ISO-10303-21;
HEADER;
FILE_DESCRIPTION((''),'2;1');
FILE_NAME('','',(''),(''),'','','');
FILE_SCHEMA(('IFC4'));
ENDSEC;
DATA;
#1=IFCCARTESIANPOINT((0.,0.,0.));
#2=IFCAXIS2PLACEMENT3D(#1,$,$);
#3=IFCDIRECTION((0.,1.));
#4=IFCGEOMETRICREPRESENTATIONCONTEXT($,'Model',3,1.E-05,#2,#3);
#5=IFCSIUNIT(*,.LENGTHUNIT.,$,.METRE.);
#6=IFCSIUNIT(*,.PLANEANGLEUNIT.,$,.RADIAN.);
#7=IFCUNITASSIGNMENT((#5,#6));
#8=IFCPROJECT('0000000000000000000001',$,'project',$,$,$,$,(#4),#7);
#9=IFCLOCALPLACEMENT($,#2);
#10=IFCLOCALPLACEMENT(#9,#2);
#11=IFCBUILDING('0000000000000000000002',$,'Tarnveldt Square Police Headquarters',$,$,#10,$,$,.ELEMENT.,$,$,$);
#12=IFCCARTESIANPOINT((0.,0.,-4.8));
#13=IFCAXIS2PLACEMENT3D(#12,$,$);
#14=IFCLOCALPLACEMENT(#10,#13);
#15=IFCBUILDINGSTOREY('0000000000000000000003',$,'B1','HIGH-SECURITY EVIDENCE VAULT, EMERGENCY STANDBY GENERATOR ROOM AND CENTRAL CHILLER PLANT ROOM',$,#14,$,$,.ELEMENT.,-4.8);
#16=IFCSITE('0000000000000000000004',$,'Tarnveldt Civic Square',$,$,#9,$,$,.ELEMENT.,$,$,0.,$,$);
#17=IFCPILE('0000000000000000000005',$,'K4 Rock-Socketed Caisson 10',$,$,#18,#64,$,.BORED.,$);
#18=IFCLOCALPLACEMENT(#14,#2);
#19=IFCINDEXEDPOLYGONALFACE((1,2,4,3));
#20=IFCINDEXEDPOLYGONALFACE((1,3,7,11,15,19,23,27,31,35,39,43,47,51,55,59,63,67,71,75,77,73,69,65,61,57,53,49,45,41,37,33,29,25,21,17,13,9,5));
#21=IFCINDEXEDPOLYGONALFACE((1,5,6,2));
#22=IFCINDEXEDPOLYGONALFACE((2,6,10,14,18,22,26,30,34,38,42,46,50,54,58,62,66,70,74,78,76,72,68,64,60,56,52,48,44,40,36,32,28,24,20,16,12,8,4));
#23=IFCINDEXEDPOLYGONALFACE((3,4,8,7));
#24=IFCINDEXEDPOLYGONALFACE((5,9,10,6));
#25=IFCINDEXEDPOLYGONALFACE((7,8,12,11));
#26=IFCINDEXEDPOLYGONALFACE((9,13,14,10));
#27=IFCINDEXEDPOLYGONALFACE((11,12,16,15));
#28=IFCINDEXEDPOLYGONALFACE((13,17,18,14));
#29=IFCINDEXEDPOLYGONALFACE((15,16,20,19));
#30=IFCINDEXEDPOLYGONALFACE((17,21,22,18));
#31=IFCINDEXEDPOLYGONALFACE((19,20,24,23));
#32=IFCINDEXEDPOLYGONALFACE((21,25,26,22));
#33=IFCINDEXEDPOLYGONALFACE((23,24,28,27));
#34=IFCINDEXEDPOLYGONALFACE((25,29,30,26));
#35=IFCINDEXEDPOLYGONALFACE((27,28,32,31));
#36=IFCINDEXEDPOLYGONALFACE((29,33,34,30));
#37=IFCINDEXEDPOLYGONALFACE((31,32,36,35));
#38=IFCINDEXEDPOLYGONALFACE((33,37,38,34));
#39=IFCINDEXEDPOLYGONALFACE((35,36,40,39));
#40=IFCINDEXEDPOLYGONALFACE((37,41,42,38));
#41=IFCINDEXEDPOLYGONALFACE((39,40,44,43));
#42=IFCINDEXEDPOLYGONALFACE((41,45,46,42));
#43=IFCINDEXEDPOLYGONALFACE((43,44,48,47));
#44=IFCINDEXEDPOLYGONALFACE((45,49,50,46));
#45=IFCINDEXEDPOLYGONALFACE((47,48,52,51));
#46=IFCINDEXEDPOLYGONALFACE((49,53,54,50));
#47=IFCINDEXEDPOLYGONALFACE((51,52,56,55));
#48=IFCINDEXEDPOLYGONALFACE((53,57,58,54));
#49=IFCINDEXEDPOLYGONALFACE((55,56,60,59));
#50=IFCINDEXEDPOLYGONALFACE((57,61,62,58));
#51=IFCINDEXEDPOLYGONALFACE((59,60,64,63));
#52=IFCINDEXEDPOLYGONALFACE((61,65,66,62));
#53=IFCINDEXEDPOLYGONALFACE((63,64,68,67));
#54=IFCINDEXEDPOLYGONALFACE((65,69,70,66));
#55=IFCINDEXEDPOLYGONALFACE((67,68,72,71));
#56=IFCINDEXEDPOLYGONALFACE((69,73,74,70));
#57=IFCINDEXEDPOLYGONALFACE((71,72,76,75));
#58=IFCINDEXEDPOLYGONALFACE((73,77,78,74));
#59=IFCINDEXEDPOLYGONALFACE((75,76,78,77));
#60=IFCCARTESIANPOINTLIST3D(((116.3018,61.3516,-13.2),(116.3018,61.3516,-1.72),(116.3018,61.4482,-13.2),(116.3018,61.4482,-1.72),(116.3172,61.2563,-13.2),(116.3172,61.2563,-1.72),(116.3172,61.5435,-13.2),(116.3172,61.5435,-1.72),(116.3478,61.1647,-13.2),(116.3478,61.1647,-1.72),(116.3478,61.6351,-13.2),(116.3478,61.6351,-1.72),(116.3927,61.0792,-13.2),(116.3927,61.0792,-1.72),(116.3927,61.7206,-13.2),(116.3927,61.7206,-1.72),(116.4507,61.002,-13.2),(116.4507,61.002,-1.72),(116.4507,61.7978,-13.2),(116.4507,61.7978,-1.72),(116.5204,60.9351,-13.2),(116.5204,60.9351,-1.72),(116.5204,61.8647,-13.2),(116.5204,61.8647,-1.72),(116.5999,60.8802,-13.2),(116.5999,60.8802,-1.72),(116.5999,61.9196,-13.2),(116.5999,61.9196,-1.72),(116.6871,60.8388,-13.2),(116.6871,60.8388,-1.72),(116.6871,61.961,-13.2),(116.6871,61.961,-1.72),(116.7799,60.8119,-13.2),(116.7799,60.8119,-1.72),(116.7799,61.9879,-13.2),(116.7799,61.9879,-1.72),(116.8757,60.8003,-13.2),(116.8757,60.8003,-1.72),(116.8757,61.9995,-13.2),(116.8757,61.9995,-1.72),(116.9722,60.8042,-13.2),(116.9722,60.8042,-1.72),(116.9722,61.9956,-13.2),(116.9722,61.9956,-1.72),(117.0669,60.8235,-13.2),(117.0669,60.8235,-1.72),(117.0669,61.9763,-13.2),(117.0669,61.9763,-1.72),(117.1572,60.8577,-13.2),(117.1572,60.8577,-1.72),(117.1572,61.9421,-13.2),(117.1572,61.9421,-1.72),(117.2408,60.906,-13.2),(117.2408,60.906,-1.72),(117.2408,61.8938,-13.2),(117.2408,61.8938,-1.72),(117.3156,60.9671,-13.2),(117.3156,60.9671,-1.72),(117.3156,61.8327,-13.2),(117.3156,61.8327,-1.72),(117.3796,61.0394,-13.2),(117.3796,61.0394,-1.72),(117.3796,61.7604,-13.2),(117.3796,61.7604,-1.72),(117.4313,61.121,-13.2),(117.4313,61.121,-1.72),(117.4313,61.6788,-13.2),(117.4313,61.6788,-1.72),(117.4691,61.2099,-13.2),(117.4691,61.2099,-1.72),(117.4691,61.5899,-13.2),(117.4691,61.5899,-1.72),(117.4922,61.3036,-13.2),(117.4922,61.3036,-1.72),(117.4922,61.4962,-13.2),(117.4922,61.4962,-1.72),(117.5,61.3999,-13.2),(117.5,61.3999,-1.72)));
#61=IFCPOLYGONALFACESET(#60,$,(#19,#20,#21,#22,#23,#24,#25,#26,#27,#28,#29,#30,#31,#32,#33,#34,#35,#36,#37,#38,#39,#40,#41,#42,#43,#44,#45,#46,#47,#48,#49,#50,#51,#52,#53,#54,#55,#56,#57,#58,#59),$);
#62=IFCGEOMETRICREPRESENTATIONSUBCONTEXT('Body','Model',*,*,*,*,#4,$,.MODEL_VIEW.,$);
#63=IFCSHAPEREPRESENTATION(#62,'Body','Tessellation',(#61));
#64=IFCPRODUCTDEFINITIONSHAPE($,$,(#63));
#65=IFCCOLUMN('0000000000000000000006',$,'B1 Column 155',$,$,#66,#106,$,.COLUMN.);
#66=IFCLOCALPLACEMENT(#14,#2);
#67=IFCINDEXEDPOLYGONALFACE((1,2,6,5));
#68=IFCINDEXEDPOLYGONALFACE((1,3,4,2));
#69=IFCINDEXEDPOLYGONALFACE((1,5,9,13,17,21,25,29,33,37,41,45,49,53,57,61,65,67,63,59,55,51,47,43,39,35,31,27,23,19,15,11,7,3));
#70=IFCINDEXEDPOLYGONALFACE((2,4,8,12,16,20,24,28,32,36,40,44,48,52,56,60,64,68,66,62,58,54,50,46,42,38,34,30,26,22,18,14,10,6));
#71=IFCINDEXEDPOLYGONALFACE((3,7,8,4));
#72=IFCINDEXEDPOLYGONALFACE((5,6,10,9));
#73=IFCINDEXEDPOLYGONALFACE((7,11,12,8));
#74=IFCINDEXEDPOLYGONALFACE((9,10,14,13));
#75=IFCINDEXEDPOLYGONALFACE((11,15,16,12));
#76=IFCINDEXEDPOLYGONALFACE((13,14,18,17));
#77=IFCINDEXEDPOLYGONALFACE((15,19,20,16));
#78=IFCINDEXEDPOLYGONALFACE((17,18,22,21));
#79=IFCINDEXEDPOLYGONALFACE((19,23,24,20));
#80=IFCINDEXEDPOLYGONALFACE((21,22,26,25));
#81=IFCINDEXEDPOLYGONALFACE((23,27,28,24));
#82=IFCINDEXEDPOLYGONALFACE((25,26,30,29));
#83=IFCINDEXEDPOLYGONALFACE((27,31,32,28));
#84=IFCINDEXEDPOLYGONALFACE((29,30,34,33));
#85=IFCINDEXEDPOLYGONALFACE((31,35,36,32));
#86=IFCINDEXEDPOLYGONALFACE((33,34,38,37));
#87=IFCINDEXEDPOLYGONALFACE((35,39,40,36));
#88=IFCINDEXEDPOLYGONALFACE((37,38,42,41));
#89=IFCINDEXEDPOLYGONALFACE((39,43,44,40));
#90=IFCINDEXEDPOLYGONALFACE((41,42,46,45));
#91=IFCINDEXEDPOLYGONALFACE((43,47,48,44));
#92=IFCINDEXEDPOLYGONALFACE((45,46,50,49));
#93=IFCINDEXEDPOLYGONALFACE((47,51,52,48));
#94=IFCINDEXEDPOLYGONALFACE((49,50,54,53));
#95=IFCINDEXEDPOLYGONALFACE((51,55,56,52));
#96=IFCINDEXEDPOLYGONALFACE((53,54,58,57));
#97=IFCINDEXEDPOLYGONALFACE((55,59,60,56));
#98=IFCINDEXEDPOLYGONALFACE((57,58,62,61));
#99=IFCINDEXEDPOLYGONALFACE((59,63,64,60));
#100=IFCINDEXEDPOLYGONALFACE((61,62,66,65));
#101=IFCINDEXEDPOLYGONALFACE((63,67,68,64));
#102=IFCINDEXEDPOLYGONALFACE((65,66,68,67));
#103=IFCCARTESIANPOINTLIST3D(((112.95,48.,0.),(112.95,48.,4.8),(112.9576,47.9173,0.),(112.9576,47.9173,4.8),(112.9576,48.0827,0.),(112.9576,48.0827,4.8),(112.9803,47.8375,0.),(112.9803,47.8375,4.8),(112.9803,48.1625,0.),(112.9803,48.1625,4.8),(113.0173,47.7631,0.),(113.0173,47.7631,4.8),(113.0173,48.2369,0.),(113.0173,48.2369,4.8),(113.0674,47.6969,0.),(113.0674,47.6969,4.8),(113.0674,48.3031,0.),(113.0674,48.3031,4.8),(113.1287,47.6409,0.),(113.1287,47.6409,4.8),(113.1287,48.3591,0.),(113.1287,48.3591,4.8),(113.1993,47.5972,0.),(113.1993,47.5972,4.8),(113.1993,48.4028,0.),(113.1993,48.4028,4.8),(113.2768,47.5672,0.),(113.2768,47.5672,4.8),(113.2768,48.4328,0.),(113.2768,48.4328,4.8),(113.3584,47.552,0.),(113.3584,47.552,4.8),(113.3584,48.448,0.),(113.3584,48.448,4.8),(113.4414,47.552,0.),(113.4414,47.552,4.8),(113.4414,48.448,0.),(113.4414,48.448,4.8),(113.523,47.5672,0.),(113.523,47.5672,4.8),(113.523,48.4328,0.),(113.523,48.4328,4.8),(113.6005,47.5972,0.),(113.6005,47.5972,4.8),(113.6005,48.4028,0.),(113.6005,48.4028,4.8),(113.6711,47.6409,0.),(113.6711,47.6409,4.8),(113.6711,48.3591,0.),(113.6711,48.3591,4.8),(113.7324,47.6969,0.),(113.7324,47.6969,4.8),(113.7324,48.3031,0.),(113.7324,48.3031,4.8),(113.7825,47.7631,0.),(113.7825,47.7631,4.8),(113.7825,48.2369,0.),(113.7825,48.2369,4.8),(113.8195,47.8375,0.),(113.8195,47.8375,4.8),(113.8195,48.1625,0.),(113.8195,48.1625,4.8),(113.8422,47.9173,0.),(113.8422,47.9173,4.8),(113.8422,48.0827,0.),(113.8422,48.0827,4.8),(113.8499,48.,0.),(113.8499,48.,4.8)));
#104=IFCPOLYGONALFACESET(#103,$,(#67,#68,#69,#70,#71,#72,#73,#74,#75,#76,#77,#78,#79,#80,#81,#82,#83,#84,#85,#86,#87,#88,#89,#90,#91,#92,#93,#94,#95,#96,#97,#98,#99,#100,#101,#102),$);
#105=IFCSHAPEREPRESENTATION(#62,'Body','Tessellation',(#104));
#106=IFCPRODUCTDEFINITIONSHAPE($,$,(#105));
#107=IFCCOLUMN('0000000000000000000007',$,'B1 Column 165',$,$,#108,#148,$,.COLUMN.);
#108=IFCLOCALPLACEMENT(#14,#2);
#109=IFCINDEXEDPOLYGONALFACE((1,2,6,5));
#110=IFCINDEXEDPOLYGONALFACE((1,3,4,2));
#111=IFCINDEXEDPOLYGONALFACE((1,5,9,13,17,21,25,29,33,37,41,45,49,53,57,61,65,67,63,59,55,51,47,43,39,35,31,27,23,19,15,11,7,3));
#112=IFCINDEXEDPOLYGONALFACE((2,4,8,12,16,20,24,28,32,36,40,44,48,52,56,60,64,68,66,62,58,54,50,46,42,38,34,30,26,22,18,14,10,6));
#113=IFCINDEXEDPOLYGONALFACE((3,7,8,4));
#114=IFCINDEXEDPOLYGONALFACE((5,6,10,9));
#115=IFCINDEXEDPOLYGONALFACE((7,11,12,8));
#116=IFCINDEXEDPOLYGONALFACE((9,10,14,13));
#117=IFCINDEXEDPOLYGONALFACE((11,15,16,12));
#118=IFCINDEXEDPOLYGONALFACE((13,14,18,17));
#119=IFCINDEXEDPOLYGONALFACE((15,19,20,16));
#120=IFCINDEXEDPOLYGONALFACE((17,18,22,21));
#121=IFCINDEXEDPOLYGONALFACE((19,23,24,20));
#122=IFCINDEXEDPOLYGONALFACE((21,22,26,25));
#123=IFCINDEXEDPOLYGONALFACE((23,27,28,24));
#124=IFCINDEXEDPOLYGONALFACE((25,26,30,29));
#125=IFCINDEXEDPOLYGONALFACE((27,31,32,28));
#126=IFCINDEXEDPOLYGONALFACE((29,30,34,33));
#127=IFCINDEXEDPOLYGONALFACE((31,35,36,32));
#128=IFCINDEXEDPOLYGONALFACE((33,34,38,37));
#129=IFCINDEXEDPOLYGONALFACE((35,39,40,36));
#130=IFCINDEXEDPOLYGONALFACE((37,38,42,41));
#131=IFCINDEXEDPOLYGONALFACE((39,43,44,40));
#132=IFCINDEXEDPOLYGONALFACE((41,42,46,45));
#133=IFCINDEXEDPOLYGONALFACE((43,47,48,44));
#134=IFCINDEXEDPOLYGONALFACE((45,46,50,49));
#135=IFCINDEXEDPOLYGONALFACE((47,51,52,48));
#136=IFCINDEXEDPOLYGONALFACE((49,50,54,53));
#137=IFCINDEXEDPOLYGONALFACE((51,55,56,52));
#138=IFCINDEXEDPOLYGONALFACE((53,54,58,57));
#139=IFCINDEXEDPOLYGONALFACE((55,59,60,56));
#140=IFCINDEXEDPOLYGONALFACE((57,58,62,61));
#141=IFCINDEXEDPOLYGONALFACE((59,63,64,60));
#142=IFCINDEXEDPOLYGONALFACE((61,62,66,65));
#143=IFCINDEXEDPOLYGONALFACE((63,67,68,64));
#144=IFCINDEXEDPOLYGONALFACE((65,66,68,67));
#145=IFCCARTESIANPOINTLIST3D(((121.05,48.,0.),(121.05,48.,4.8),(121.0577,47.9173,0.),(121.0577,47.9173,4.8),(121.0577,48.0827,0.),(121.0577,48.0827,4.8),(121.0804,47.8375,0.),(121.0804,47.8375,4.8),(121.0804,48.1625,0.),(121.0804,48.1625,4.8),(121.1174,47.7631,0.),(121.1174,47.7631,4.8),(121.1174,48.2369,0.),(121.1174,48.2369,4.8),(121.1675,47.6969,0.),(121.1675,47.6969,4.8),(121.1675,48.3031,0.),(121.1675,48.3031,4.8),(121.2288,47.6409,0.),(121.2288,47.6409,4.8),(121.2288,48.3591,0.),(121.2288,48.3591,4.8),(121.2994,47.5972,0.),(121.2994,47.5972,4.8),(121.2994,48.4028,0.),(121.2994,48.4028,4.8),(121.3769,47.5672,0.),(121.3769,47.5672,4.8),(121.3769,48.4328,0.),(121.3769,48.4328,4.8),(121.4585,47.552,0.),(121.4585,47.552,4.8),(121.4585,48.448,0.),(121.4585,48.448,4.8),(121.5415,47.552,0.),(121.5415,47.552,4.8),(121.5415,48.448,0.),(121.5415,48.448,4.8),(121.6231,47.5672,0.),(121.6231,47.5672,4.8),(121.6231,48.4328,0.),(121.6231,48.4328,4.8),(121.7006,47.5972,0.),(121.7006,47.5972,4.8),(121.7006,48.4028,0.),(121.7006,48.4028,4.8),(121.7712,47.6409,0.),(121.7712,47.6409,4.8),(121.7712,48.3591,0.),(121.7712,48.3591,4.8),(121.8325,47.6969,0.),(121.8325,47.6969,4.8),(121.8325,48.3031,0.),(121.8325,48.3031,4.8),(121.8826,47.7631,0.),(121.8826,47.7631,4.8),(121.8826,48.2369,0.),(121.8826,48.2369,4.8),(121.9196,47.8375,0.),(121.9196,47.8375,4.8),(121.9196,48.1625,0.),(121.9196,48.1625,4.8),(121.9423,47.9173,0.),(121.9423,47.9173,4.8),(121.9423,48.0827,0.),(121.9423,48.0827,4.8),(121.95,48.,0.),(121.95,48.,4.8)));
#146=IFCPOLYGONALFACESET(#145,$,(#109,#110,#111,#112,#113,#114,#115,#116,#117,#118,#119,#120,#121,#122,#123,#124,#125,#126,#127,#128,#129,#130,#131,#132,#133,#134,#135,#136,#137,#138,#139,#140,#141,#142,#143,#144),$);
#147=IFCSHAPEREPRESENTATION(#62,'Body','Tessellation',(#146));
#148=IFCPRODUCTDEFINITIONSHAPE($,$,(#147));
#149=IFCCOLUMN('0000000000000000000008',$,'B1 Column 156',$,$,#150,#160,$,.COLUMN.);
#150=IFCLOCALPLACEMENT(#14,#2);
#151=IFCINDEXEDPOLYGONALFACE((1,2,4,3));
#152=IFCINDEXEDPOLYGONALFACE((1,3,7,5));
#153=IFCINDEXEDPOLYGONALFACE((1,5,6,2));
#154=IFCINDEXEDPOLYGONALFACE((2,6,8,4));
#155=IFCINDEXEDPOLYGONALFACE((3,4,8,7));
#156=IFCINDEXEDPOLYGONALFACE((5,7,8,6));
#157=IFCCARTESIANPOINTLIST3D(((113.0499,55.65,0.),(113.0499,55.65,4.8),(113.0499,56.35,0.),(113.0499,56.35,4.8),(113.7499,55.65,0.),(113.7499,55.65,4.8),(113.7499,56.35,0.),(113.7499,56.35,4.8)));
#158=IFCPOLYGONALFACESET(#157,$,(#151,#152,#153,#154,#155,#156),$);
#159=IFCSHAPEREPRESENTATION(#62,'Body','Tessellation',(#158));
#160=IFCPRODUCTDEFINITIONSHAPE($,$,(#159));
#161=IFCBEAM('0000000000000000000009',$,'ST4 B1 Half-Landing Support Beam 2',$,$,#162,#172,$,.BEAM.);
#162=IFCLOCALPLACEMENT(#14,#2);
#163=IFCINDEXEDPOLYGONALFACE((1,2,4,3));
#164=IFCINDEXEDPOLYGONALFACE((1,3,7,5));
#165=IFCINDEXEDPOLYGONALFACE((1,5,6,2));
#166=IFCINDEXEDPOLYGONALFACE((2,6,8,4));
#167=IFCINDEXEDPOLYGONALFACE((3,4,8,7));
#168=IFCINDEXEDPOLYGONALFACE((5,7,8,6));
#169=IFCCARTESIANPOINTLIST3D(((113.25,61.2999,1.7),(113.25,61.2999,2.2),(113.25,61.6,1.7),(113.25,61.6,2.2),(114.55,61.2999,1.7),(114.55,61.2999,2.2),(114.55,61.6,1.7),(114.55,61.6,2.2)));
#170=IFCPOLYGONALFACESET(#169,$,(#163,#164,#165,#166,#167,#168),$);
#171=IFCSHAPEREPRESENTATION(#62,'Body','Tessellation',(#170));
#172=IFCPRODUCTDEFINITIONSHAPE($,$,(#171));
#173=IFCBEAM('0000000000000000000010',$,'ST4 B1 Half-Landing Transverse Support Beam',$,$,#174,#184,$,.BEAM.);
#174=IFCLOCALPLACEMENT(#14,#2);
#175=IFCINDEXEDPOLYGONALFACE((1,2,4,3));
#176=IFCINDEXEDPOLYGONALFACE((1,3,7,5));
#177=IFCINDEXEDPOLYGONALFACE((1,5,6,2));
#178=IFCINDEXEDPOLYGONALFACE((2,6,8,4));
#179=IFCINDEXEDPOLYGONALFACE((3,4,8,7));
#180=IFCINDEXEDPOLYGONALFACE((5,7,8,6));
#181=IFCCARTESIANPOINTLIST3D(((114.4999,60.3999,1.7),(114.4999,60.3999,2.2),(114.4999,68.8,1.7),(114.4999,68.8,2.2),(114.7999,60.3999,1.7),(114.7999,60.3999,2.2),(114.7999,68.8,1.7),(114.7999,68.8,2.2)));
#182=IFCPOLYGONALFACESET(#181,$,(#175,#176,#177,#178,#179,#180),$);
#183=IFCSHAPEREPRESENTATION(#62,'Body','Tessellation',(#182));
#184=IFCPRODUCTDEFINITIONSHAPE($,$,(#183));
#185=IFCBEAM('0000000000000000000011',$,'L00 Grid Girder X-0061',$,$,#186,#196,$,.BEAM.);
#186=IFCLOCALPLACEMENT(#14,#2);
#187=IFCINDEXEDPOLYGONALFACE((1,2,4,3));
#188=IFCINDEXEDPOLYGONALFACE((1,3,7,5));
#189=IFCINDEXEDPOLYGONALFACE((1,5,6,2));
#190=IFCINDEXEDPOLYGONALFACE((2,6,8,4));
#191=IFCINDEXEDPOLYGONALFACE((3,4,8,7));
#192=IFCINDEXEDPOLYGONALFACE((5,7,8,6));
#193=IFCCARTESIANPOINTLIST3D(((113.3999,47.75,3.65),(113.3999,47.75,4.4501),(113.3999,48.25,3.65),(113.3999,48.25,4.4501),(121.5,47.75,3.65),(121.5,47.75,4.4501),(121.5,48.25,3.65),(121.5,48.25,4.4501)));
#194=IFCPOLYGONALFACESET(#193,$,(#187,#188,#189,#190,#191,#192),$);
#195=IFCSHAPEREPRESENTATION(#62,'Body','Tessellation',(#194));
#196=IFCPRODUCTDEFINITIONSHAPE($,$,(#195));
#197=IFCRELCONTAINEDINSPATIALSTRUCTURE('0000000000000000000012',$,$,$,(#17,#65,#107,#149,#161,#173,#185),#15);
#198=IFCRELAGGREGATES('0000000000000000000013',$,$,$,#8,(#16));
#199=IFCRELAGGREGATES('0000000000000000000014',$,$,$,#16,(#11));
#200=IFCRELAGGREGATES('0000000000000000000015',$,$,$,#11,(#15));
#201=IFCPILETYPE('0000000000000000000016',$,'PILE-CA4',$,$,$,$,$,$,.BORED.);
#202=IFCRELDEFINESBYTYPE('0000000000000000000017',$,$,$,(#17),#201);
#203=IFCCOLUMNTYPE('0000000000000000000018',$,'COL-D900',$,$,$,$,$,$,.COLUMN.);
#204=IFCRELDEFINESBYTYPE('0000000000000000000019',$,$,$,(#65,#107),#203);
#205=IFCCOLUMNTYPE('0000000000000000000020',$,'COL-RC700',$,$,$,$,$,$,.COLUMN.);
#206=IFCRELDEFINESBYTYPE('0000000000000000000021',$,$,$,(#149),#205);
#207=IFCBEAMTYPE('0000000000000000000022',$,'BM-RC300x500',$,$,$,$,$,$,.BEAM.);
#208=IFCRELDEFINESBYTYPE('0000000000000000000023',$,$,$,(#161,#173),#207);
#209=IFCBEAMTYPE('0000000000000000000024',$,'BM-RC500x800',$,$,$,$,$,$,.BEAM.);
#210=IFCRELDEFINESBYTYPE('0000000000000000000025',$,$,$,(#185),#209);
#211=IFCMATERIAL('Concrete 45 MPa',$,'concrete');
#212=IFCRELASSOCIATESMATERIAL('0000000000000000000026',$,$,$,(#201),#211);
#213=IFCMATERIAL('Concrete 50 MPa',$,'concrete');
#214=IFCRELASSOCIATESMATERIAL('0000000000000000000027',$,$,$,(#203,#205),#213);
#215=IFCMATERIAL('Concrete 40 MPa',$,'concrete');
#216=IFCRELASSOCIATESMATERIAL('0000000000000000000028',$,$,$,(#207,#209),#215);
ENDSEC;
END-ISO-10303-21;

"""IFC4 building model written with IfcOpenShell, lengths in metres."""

from ifc_helpers import new_model, si_unit, direction, frame, origin, origin_2d, place, context, subcontext, project, spatial, rectangle, circle, extrude, material, material_profile, profile_set, type_object, element, save


model = new_model("IFC4")

# Units and contexts
model_context = context("Model", 3, precision=1e-05, world=origin(), true_north=direction((0.0, 1.0)))
body_context = subcontext(model_context, "Body", "Model", "MODEL_VIEW")
ifc_project = project(units=[si_unit("LENGTHUNIT", "METRE"), si_unit("PLANEANGLEUNIT", "RADIAN")], contexts=[model_context])

# Site, building, storey
site_placement = place(None, origin())
site = spatial("IfcSite", under=ifc_project, at=site_placement, Name="Tarnveldt Civic Square", CompositionType="ELEMENT", RefElevation=0.0)
building_placement = place(site_placement, origin())
building = spatial("IfcBuilding", under=site, at=building_placement, Name="Tarnveldt Square Police Headquarters", CompositionType="ELEMENT")
storey_placement = place(building_placement, frame((0.0, 0.0, -4.8)))
storey = spatial("IfcBuildingStorey", under=building, at=storey_placement, Name="B1", Description="HIGH-SECURITY EVIDENCE VAULT, EMERGENCY STANDBY GENERATOR ROOM AND CENTRAL CHILLER PLANT ROOM", CompositionType="ELEMENT", Elevation=-4.8)

# Shared definitions
ifc_material_1 = material(Name="Concrete 45 MPa", Category="concrete")

# Pile
ifc_material_profile_1 = material_profile(ifc_material_1, circle(Radius=0.6001, at=origin_2d()), Name="CAISSON-D1200")
ifc_profile_set_1 = profile_set([ifc_material_profile_1], Name="Concrete 45 MPa")
pile_type_1 = type_object("IfcPileType", Name="PILE-CA4", PredefinedType="BORED", material=ifc_profile_set_1)
for number, where, z_axis, x_axis, name in (
    (1, (116.8999, 61.3999, -1.72), (0.0, 0.0, -1.0), (1.0, 0.0, 0.0), "K4 Rock-Socketed Caisson 10"),
):
    element("IfcPile", number, at=place(storey_placement, frame(where, z_axis=z_axis, x_axis=x_axis)), inside=storey, type_object=pile_type_1, Name=name, PredefinedType="BORED", context=body_context, shape_type="SweptSolid", body=[
        extrude(circle(Radius=0.6001, at=origin_2d()), origin(), (0.0, 0.0, 1.0), 11.48),
    ])

# Columns
ifc_material_2 = material(Name="Concrete 50 MPa", Category="concrete")
ifc_material_profile_2 = material_profile(ifc_material_2, circle(Radius=0.45, at=origin_2d()), Name="RC-D900")
ifc_profile_set_2 = profile_set([ifc_material_profile_2], Name="Concrete 50 MPa")
column_type_1 = type_object("IfcColumnType", Name="COL-D900", PredefinedType="COLUMN", material=ifc_profile_set_2)
for number, where, z_axis, x_axis, name in (
    (2, (113.3999, 48.0, 0.0), (0.0, 0.0, 1.0), (1.0, 0.0, 0.0), "B1 Column 155"),
    (3, (121.5, 48.0, 0.0), (0.0, 0.0, 1.0), (1.0, 0.0, 0.0), "B1 Column 165"),
):
    element("IfcColumn", number, at=place(storey_placement, frame(where, z_axis=z_axis, x_axis=x_axis)), inside=storey, type_object=column_type_1, Name=name, PredefinedType="COLUMN", context=body_context, shape_type="SweptSolid", body=[
        extrude(circle(Radius=0.45, at=origin_2d()), origin(), (0.0, 0.0, 1.0), 4.8),
    ])
ifc_material_profile_3 = material_profile(ifc_material_2, rectangle(XDim=0.7, YDim=0.7, at=origin_2d()), Name="RC-C700x700")
ifc_profile_set_3 = profile_set([ifc_material_profile_3], Name="Concrete 50 MPa")
column_type_2 = type_object("IfcColumnType", Name="COL-RC700", PredefinedType="COLUMN", material=ifc_profile_set_3)
column_placement = place(storey_placement, frame((113.3999, 56.0, 0.0), z_axis=(0.0, 0.0, 1.0), x_axis=(1.0, 0.0, 0.0)))
element("IfcColumn", 4, at=column_placement, inside=storey, type_object=column_type_2, Name="B1 Column 156", PredefinedType="COLUMN", context=body_context, shape_type="SweptSolid", body=[
    extrude(rectangle(XDim=0.7, YDim=0.7, at=origin_2d()), origin(), (0.0, 0.0, 1.0), 4.8),
])

# Beams
ifc_material_3 = material(Name="Concrete 40 MPa", Category="concrete")
ifc_material_profile_4 = material_profile(ifc_material_3, rectangle(XDim=0.3, YDim=0.5, at=origin_2d()), Name="RC-B300x500")
ifc_profile_set_4 = profile_set([ifc_material_profile_4], Name="Concrete 40 MPa")
beam_type_1 = type_object("IfcBeamType", Name="BM-RC300x500", PredefinedType="BEAM", material=ifc_profile_set_4)
beam_1_placement = place(storey_placement, frame((113.25, 61.45, 1.95), z_axis=(1.0, 0.0, 0.0), x_axis=(0.0, 1.0, 0.0)))
element("IfcBeam", 5, at=beam_1_placement, inside=storey, type_object=beam_type_1, Name="ST4 B1 Half-Landing Support Beam 2", PredefinedType="BEAM", context=body_context, shape_type="SweptSolid", body=[
    extrude(rectangle(XDim=0.3, YDim=0.5, at=origin_2d()), origin(), (0.0, 0.0, 1.0), 1.3),
])
beam_2_placement = place(storey_placement, frame((114.6499, 60.3999, 1.95), z_axis=(0.0, 1.0, 0.0), x_axis=(-1.0, 0.0, 0.0)))
element("IfcBeam", 6, at=beam_2_placement, inside=storey, type_object=beam_type_1, Name="ST4 B1 Half-Landing Transverse Support Beam", PredefinedType="BEAM", context=body_context, shape_type="SweptSolid", body=[
    extrude(rectangle(XDim=0.3, YDim=0.5, at=origin_2d()), origin(), (0.0, 0.0, 1.0), 8.4001),
])
ifc_material_profile_5 = material_profile(ifc_material_3, rectangle(XDim=0.5, YDim=0.8, at=origin_2d()), Name="RC-B500x800")
ifc_profile_set_5 = profile_set([ifc_material_profile_5], Name="Concrete 40 MPa")
beam_type_2 = type_object("IfcBeamType", Name="BM-RC500x800", PredefinedType="BEAM", material=ifc_profile_set_5)
beam_3_placement = place(storey_placement, frame((113.3999, 48.0, 4.05), z_axis=(1.0, 0.0, 0.0), x_axis=(0.0, 1.0, 0.0)))
element("IfcBeam", 7, at=beam_3_placement, inside=storey, type_object=beam_type_2, Name="L00 Grid Girder X-0061", PredefinedType="BEAM", context=body_context, shape_type="SweptSolid", body=[
    extrude(rectangle(XDim=0.5, YDim=0.8, at=origin_2d()), origin(), (0.0, 0.0, 1.0), 8.1001),
])

save(model, "model.ifc")
